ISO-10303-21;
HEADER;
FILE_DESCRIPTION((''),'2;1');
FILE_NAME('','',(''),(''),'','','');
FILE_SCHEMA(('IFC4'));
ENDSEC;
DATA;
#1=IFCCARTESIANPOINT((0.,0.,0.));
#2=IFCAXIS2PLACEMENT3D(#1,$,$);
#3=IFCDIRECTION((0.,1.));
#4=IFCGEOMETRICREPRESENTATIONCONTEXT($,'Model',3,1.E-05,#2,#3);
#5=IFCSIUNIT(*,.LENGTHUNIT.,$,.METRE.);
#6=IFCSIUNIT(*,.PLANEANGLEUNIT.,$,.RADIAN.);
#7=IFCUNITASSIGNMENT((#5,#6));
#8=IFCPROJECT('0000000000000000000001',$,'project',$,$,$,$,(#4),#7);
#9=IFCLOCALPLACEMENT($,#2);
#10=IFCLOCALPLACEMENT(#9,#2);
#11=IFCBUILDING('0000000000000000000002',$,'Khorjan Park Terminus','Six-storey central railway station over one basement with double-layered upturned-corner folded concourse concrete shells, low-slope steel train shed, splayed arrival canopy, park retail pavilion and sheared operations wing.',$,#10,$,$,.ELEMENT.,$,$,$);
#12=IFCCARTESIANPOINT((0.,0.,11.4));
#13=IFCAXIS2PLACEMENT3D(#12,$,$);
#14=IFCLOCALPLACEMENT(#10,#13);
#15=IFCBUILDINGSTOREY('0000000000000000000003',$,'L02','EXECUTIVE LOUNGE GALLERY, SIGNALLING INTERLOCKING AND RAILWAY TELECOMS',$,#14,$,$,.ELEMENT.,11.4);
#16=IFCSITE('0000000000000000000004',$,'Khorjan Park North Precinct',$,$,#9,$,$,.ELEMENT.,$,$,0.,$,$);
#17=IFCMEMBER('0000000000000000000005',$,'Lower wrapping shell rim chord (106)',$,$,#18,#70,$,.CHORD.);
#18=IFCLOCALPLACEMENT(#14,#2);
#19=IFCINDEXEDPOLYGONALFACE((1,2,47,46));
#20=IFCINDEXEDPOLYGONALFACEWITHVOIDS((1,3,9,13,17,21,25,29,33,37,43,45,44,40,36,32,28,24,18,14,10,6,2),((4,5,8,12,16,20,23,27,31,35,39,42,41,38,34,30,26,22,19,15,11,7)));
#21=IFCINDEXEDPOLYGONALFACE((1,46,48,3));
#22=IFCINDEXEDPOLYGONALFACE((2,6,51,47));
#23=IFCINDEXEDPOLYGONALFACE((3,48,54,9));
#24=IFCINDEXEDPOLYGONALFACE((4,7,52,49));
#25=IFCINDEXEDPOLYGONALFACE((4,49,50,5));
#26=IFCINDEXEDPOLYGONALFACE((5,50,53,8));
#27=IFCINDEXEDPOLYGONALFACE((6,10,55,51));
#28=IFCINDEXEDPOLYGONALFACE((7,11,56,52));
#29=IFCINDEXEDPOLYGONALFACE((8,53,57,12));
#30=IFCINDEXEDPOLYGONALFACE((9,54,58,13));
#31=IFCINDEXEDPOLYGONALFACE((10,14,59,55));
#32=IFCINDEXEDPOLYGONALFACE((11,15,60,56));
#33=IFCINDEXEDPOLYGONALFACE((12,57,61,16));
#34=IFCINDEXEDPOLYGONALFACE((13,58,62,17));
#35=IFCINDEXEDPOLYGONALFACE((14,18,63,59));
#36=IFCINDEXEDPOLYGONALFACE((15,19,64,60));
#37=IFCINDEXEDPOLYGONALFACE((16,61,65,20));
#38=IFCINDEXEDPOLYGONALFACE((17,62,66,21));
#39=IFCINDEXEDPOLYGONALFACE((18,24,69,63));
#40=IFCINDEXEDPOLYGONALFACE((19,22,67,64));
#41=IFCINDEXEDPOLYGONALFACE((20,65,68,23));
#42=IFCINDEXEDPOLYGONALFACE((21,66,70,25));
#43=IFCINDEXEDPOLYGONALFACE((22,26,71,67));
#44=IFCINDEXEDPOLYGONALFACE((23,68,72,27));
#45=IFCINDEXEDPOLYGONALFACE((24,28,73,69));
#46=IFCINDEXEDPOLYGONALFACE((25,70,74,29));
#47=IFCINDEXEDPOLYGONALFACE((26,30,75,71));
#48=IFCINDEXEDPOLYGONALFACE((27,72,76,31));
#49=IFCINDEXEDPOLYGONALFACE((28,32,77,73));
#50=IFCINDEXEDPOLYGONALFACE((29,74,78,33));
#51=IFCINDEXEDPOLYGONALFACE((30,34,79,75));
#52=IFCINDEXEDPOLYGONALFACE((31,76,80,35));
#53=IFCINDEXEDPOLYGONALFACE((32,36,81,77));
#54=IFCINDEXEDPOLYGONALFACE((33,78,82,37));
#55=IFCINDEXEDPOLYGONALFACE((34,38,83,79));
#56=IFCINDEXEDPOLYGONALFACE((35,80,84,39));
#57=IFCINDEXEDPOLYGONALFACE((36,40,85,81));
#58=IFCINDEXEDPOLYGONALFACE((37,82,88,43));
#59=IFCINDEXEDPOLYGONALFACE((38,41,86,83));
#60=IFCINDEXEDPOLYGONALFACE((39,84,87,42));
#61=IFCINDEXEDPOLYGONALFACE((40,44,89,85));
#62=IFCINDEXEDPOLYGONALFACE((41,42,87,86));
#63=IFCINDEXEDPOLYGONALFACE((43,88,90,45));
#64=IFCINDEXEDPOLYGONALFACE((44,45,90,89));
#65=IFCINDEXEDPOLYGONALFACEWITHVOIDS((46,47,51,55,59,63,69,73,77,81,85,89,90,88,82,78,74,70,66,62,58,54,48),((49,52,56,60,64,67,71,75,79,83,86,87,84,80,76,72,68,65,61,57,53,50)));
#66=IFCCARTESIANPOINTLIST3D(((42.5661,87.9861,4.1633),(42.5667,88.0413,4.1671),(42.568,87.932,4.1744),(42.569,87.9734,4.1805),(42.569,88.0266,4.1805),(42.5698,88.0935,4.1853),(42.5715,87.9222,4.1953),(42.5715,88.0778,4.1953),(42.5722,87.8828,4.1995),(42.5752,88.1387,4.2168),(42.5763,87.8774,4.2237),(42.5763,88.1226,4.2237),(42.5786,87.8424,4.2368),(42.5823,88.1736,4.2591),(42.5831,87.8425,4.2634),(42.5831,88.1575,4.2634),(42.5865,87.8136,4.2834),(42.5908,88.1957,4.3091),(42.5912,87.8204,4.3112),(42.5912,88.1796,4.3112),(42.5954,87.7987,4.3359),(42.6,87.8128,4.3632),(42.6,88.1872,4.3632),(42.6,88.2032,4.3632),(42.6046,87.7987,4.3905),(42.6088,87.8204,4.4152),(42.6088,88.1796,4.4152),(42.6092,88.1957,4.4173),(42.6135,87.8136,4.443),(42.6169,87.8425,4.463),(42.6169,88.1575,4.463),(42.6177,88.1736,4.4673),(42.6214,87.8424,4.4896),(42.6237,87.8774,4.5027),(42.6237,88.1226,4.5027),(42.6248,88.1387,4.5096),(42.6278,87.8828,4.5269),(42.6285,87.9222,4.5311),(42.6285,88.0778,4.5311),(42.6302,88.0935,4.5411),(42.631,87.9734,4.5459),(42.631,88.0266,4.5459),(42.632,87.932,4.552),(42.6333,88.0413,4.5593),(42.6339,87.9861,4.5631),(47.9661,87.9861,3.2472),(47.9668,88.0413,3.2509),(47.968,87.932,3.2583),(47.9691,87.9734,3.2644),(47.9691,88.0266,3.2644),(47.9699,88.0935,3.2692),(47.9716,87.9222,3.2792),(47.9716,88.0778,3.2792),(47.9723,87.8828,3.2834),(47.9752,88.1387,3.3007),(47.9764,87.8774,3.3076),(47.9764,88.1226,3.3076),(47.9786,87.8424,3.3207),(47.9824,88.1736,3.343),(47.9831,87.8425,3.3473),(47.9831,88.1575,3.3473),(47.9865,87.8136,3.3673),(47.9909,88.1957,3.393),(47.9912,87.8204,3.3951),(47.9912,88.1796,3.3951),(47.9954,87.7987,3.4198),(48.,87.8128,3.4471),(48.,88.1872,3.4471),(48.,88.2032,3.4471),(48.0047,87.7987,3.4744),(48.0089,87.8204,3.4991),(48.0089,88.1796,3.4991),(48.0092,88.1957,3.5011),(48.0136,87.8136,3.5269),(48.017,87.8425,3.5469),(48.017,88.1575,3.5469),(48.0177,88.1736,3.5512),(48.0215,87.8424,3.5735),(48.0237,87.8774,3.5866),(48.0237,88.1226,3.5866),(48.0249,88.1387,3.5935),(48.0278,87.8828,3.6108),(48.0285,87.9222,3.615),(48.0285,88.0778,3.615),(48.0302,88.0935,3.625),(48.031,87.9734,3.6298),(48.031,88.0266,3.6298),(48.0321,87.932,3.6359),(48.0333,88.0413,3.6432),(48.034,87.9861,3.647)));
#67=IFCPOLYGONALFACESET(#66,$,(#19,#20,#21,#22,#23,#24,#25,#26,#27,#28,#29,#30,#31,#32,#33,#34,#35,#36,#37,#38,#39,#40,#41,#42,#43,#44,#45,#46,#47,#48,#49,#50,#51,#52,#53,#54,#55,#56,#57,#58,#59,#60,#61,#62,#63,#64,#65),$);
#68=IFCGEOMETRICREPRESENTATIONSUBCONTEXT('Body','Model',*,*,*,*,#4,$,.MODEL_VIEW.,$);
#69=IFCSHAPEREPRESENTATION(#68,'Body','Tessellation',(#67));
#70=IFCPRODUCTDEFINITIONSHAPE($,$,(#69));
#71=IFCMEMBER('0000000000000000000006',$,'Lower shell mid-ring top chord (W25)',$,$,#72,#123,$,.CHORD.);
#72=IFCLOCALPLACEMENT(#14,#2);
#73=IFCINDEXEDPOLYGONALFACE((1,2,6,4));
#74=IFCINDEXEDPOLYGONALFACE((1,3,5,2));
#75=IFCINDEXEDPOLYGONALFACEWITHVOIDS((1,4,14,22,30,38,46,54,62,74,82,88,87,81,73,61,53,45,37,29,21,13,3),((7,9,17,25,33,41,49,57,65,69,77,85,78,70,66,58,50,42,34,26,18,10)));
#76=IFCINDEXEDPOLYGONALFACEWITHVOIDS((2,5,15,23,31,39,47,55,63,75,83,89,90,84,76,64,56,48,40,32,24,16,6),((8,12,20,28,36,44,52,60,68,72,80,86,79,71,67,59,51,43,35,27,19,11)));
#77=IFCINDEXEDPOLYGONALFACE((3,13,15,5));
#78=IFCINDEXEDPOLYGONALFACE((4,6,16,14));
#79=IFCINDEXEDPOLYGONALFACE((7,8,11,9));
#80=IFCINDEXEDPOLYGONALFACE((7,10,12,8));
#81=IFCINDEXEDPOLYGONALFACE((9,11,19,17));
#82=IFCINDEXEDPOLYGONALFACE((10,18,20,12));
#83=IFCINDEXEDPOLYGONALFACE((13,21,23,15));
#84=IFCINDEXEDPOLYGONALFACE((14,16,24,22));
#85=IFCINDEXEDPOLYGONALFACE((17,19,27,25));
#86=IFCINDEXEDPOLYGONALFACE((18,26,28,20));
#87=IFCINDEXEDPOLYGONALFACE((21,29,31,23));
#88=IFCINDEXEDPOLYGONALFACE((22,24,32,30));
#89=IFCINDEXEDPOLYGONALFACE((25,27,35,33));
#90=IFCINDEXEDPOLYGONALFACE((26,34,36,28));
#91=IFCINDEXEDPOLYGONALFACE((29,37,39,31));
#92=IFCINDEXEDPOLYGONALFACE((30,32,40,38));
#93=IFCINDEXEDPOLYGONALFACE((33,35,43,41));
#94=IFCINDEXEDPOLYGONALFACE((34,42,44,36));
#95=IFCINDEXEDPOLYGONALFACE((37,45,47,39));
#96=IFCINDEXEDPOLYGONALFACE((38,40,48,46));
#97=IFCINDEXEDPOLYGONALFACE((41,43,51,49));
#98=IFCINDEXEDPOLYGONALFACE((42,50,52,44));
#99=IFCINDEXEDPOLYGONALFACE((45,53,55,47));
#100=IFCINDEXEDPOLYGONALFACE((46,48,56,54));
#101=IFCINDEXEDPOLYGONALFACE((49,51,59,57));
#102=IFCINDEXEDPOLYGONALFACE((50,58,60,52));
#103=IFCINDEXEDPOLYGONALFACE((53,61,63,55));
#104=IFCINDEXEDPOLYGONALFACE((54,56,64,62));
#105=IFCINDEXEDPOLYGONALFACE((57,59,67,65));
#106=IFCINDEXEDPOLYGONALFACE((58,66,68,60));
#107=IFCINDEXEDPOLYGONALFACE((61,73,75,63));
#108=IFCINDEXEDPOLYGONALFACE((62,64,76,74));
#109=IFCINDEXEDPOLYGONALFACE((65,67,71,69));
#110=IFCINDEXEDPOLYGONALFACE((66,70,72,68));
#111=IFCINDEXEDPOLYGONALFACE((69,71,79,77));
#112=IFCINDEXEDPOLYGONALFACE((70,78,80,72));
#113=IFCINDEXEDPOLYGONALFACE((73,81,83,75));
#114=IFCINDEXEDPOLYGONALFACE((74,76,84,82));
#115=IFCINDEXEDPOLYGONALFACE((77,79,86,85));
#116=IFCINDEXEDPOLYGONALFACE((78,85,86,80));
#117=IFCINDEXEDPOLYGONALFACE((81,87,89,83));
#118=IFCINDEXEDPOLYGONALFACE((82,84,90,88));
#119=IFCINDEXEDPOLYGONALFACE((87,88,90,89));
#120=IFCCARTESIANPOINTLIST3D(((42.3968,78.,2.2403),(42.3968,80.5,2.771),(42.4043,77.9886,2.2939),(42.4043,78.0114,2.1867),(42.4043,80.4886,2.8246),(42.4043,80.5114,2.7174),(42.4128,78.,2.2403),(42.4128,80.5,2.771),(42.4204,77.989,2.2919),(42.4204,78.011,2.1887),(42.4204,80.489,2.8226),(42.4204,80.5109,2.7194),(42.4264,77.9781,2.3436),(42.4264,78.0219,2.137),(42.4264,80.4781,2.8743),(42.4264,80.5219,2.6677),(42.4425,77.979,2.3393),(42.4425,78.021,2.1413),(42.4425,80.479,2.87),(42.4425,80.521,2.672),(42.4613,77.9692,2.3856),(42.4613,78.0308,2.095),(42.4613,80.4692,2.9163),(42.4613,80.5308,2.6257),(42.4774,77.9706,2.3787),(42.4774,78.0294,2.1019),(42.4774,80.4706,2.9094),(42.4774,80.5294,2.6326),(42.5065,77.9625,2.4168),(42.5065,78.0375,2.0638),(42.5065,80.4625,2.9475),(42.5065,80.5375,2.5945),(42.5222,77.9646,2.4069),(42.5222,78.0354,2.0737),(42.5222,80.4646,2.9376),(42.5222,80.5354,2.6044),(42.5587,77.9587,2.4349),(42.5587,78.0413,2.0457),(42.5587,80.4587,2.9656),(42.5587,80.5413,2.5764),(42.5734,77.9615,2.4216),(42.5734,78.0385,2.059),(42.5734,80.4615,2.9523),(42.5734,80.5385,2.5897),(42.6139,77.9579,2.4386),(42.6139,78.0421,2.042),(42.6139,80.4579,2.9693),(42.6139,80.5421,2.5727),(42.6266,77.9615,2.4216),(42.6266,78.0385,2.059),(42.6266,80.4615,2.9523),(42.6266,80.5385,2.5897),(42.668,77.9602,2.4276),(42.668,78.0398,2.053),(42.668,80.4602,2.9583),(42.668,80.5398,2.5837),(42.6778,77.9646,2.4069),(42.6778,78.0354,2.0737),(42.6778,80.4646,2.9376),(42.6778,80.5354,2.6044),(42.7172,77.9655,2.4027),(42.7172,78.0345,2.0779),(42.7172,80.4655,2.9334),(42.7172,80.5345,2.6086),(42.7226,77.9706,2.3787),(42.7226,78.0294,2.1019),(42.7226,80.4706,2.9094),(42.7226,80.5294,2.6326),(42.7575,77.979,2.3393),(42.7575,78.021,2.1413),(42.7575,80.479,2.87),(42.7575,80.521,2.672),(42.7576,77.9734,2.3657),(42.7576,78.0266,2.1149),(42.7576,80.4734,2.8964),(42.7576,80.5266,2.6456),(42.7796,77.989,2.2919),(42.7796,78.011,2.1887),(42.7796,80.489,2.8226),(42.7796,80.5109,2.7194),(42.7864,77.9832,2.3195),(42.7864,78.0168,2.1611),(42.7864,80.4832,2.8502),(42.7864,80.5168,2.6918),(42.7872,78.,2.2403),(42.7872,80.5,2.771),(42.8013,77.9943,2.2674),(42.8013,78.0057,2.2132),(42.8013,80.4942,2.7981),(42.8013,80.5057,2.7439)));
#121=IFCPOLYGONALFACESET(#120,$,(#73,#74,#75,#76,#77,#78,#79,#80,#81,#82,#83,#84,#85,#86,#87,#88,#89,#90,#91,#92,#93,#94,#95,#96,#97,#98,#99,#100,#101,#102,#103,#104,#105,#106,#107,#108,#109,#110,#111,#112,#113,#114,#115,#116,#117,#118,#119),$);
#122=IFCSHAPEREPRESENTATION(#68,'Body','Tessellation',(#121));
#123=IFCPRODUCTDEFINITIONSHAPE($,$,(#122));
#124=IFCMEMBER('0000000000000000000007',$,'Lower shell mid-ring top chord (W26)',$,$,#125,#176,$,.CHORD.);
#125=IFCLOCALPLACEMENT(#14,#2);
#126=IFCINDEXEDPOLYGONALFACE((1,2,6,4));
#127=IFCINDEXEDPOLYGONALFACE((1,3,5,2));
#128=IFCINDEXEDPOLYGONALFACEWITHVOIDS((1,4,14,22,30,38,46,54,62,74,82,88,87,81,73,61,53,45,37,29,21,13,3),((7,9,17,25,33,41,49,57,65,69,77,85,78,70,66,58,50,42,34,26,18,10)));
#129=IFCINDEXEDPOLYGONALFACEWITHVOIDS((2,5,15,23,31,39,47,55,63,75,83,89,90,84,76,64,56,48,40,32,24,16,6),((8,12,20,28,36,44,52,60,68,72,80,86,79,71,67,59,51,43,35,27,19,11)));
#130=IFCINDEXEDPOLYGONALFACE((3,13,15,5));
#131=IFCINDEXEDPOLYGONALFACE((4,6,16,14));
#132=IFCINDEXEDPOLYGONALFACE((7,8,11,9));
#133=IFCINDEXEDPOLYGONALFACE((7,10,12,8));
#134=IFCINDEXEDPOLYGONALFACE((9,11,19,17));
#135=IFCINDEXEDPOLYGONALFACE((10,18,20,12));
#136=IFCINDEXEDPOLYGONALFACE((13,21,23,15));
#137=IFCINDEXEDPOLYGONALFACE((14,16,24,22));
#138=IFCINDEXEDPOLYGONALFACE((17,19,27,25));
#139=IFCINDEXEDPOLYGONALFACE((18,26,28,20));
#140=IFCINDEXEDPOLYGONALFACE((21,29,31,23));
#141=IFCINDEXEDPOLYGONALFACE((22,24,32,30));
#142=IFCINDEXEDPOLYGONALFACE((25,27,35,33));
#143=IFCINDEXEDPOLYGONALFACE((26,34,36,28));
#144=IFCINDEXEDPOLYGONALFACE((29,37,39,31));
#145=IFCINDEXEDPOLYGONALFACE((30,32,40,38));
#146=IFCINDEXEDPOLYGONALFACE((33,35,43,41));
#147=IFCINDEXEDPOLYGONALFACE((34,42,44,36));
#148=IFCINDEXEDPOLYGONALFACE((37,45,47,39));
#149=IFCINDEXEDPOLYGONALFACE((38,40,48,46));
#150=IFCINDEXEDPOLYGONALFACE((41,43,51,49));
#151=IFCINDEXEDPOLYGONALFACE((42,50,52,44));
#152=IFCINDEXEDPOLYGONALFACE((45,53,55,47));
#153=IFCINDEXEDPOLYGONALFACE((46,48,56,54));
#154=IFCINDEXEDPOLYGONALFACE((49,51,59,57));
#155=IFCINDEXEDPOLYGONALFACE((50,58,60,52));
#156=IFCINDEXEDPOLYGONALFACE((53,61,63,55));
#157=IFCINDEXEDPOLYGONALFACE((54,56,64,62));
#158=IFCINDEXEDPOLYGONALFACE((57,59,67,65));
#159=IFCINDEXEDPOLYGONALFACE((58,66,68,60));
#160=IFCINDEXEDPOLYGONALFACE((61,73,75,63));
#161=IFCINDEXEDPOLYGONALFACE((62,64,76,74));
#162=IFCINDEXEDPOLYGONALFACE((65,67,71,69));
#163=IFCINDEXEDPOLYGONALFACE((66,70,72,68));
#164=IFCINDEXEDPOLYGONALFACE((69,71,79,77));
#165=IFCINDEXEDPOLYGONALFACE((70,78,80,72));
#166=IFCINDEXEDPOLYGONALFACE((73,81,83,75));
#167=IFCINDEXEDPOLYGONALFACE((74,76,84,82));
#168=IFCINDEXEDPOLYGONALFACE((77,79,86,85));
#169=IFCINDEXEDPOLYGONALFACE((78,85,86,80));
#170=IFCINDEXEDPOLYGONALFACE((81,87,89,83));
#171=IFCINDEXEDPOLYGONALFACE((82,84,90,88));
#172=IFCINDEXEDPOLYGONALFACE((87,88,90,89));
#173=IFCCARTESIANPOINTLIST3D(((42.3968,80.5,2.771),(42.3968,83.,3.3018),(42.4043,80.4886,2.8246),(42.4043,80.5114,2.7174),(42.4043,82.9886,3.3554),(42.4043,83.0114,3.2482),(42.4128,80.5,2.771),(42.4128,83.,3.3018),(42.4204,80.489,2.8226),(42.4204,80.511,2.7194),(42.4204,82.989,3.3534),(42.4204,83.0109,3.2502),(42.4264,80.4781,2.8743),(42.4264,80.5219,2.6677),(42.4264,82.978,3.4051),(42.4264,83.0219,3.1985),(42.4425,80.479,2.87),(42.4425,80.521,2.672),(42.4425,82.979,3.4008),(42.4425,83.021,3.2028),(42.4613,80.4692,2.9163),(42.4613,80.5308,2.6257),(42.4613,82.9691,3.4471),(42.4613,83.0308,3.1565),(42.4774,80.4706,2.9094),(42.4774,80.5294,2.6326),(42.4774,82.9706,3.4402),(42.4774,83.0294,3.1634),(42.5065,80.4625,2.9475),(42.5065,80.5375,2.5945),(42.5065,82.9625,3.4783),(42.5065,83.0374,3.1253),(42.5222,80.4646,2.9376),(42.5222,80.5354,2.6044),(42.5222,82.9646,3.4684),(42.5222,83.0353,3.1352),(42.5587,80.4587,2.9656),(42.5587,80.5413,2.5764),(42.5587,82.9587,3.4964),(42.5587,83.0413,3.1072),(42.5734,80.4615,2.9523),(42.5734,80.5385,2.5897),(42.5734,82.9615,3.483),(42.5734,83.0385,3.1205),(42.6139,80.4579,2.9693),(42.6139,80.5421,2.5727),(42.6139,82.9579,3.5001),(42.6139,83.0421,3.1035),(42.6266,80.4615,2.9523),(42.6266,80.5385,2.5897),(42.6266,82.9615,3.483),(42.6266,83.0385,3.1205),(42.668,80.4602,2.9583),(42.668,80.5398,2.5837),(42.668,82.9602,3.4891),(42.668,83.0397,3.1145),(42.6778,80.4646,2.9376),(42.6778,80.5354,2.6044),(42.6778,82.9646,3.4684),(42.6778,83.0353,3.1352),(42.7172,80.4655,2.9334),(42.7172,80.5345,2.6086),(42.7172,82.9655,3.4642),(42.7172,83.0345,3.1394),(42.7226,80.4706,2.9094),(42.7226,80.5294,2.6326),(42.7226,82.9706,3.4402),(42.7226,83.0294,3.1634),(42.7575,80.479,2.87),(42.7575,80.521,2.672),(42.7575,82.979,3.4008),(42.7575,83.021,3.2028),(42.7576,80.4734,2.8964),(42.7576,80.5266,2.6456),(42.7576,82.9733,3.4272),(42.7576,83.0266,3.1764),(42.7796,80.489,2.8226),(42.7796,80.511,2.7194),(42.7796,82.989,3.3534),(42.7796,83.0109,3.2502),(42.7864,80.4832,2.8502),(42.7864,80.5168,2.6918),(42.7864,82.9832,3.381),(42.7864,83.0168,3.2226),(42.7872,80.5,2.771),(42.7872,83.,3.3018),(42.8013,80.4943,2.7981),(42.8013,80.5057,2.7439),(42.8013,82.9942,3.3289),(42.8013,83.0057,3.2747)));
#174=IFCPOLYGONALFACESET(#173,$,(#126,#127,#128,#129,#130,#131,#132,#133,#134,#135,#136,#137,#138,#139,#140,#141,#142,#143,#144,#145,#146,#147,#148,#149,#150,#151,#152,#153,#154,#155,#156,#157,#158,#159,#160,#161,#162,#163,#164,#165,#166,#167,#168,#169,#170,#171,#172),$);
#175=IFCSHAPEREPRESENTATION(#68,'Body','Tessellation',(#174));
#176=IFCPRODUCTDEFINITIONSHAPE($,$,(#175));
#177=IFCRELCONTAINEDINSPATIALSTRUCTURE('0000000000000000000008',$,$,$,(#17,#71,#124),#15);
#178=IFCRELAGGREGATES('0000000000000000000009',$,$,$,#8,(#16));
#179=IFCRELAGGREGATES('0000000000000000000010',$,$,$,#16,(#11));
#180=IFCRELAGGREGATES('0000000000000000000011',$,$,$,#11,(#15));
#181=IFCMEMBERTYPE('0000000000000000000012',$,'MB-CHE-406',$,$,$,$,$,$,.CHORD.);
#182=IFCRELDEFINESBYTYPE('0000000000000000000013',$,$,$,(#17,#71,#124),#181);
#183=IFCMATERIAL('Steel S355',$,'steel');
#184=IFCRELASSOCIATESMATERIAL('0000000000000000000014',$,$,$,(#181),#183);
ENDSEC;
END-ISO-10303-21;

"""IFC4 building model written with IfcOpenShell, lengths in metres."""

from ifc_helpers import new_model, si_unit, direction, frame, origin, origin_2d, place, context, subcontext, project, spatial, hollow_circle, extrude, material, material_profile, profile_set, type_object, element, save


model = new_model("IFC4")

# Units and contexts
model_context = context("Model", 3, precision=1e-05, world=origin(), true_north=direction((0.0, 1.0)))
body_context = subcontext(model_context, "Body", "Model", "MODEL_VIEW")
ifc_project = project(units=[si_unit("LENGTHUNIT", "METRE"), si_unit("PLANEANGLEUNIT", "RADIAN")], contexts=[model_context])

# Site, building, storey
site_placement = place(None, origin())
site = spatial("IfcSite", under=ifc_project, at=site_placement, Name="Khorjan Park North Precinct", CompositionType="ELEMENT", RefElevation=0.0)
building_placement = place(site_placement, origin())
building = spatial("IfcBuilding", under=site, at=building_placement, Name="Khorjan Park Terminus", Description="Six-storey central railway station over one basement with double-layered upturned-corner folded concourse concrete shells, low-slope steel train shed, splayed arrival canopy, park retail pavilion and sheared operations wing.", CompositionType="ELEMENT")
storey_placement = place(building_placement, frame((0.0, 0.0, 11.4)))
storey = spatial("IfcBuildingStorey", under=building, at=storey_placement, Name="L02", Description="EXECUTIVE LOUNGE GALLERY, SIGNALLING INTERLOCKING AND RAILWAY TELECOMS", CompositionType="ELEMENT", Elevation=11.4)

# Members
ifc_material_1 = material(Name="Steel S355", Category="steel")
ifc_material_profile_1 = material_profile(ifc_material_1, hollow_circle(Radius=0.2032, WallThickness=0.016, at=origin_2d()), Name="CHS 406.4x16")
ifc_profile_set_1 = profile_set([ifc_material_profile_1], Name="Steel S355")
member_type_1 = type_object("IfcMemberType", Name="MB-CHE-406", PredefinedType="CHORD", material=ifc_profile_set_1)
for number, where, z_axis, x_axis, name in (
    (1, (42.6, 88.0, 4.3632), (0.985913, 0.0, -0.167258), (0.0, 1.0, 0.0), "Lower wrapping shell rim chord (106)"),
):
    element("IfcMember", number, at=place(storey_placement, frame(where, z_axis=z_axis, x_axis=x_axis)), inside=storey, type_object=member_type_1, Name=name, PredefinedType="CHORD", context=body_context, shape_type="SweptSolid", body=[
        extrude(hollow_circle(Radius=0.2032, WallThickness=0.016, at=origin_2d()), origin(), (0.0, 0.0, 1.0), 5.4772),
    ])
for number, where, z_axis, x_axis, name in (
    (2, (42.6, 78.0, 2.2403), (0.0, 0.978203, 0.207653), (-1.0, 0.0, 0.0), "Lower shell mid-ring top chord (W25)"),
    (3, (42.6, 80.5, 2.771), (0.0, 0.978195, 0.20769), (-1.0, 0.0, 0.0), "Lower shell mid-ring top chord (W26)"),
):
    element("IfcMember", number, at=place(storey_placement, frame(where, z_axis=z_axis, x_axis=x_axis)), inside=storey, type_object=member_type_1, Name=name, PredefinedType="CHORD", context=body_context, shape_type="SweptSolid", body=[
        extrude(hollow_circle(Radius=0.2032, WallThickness=0.016, at=origin_2d()), origin(), (0.0, 0.0, 1.0), 2.5557),
    ])

save(model, "model.ifc")
